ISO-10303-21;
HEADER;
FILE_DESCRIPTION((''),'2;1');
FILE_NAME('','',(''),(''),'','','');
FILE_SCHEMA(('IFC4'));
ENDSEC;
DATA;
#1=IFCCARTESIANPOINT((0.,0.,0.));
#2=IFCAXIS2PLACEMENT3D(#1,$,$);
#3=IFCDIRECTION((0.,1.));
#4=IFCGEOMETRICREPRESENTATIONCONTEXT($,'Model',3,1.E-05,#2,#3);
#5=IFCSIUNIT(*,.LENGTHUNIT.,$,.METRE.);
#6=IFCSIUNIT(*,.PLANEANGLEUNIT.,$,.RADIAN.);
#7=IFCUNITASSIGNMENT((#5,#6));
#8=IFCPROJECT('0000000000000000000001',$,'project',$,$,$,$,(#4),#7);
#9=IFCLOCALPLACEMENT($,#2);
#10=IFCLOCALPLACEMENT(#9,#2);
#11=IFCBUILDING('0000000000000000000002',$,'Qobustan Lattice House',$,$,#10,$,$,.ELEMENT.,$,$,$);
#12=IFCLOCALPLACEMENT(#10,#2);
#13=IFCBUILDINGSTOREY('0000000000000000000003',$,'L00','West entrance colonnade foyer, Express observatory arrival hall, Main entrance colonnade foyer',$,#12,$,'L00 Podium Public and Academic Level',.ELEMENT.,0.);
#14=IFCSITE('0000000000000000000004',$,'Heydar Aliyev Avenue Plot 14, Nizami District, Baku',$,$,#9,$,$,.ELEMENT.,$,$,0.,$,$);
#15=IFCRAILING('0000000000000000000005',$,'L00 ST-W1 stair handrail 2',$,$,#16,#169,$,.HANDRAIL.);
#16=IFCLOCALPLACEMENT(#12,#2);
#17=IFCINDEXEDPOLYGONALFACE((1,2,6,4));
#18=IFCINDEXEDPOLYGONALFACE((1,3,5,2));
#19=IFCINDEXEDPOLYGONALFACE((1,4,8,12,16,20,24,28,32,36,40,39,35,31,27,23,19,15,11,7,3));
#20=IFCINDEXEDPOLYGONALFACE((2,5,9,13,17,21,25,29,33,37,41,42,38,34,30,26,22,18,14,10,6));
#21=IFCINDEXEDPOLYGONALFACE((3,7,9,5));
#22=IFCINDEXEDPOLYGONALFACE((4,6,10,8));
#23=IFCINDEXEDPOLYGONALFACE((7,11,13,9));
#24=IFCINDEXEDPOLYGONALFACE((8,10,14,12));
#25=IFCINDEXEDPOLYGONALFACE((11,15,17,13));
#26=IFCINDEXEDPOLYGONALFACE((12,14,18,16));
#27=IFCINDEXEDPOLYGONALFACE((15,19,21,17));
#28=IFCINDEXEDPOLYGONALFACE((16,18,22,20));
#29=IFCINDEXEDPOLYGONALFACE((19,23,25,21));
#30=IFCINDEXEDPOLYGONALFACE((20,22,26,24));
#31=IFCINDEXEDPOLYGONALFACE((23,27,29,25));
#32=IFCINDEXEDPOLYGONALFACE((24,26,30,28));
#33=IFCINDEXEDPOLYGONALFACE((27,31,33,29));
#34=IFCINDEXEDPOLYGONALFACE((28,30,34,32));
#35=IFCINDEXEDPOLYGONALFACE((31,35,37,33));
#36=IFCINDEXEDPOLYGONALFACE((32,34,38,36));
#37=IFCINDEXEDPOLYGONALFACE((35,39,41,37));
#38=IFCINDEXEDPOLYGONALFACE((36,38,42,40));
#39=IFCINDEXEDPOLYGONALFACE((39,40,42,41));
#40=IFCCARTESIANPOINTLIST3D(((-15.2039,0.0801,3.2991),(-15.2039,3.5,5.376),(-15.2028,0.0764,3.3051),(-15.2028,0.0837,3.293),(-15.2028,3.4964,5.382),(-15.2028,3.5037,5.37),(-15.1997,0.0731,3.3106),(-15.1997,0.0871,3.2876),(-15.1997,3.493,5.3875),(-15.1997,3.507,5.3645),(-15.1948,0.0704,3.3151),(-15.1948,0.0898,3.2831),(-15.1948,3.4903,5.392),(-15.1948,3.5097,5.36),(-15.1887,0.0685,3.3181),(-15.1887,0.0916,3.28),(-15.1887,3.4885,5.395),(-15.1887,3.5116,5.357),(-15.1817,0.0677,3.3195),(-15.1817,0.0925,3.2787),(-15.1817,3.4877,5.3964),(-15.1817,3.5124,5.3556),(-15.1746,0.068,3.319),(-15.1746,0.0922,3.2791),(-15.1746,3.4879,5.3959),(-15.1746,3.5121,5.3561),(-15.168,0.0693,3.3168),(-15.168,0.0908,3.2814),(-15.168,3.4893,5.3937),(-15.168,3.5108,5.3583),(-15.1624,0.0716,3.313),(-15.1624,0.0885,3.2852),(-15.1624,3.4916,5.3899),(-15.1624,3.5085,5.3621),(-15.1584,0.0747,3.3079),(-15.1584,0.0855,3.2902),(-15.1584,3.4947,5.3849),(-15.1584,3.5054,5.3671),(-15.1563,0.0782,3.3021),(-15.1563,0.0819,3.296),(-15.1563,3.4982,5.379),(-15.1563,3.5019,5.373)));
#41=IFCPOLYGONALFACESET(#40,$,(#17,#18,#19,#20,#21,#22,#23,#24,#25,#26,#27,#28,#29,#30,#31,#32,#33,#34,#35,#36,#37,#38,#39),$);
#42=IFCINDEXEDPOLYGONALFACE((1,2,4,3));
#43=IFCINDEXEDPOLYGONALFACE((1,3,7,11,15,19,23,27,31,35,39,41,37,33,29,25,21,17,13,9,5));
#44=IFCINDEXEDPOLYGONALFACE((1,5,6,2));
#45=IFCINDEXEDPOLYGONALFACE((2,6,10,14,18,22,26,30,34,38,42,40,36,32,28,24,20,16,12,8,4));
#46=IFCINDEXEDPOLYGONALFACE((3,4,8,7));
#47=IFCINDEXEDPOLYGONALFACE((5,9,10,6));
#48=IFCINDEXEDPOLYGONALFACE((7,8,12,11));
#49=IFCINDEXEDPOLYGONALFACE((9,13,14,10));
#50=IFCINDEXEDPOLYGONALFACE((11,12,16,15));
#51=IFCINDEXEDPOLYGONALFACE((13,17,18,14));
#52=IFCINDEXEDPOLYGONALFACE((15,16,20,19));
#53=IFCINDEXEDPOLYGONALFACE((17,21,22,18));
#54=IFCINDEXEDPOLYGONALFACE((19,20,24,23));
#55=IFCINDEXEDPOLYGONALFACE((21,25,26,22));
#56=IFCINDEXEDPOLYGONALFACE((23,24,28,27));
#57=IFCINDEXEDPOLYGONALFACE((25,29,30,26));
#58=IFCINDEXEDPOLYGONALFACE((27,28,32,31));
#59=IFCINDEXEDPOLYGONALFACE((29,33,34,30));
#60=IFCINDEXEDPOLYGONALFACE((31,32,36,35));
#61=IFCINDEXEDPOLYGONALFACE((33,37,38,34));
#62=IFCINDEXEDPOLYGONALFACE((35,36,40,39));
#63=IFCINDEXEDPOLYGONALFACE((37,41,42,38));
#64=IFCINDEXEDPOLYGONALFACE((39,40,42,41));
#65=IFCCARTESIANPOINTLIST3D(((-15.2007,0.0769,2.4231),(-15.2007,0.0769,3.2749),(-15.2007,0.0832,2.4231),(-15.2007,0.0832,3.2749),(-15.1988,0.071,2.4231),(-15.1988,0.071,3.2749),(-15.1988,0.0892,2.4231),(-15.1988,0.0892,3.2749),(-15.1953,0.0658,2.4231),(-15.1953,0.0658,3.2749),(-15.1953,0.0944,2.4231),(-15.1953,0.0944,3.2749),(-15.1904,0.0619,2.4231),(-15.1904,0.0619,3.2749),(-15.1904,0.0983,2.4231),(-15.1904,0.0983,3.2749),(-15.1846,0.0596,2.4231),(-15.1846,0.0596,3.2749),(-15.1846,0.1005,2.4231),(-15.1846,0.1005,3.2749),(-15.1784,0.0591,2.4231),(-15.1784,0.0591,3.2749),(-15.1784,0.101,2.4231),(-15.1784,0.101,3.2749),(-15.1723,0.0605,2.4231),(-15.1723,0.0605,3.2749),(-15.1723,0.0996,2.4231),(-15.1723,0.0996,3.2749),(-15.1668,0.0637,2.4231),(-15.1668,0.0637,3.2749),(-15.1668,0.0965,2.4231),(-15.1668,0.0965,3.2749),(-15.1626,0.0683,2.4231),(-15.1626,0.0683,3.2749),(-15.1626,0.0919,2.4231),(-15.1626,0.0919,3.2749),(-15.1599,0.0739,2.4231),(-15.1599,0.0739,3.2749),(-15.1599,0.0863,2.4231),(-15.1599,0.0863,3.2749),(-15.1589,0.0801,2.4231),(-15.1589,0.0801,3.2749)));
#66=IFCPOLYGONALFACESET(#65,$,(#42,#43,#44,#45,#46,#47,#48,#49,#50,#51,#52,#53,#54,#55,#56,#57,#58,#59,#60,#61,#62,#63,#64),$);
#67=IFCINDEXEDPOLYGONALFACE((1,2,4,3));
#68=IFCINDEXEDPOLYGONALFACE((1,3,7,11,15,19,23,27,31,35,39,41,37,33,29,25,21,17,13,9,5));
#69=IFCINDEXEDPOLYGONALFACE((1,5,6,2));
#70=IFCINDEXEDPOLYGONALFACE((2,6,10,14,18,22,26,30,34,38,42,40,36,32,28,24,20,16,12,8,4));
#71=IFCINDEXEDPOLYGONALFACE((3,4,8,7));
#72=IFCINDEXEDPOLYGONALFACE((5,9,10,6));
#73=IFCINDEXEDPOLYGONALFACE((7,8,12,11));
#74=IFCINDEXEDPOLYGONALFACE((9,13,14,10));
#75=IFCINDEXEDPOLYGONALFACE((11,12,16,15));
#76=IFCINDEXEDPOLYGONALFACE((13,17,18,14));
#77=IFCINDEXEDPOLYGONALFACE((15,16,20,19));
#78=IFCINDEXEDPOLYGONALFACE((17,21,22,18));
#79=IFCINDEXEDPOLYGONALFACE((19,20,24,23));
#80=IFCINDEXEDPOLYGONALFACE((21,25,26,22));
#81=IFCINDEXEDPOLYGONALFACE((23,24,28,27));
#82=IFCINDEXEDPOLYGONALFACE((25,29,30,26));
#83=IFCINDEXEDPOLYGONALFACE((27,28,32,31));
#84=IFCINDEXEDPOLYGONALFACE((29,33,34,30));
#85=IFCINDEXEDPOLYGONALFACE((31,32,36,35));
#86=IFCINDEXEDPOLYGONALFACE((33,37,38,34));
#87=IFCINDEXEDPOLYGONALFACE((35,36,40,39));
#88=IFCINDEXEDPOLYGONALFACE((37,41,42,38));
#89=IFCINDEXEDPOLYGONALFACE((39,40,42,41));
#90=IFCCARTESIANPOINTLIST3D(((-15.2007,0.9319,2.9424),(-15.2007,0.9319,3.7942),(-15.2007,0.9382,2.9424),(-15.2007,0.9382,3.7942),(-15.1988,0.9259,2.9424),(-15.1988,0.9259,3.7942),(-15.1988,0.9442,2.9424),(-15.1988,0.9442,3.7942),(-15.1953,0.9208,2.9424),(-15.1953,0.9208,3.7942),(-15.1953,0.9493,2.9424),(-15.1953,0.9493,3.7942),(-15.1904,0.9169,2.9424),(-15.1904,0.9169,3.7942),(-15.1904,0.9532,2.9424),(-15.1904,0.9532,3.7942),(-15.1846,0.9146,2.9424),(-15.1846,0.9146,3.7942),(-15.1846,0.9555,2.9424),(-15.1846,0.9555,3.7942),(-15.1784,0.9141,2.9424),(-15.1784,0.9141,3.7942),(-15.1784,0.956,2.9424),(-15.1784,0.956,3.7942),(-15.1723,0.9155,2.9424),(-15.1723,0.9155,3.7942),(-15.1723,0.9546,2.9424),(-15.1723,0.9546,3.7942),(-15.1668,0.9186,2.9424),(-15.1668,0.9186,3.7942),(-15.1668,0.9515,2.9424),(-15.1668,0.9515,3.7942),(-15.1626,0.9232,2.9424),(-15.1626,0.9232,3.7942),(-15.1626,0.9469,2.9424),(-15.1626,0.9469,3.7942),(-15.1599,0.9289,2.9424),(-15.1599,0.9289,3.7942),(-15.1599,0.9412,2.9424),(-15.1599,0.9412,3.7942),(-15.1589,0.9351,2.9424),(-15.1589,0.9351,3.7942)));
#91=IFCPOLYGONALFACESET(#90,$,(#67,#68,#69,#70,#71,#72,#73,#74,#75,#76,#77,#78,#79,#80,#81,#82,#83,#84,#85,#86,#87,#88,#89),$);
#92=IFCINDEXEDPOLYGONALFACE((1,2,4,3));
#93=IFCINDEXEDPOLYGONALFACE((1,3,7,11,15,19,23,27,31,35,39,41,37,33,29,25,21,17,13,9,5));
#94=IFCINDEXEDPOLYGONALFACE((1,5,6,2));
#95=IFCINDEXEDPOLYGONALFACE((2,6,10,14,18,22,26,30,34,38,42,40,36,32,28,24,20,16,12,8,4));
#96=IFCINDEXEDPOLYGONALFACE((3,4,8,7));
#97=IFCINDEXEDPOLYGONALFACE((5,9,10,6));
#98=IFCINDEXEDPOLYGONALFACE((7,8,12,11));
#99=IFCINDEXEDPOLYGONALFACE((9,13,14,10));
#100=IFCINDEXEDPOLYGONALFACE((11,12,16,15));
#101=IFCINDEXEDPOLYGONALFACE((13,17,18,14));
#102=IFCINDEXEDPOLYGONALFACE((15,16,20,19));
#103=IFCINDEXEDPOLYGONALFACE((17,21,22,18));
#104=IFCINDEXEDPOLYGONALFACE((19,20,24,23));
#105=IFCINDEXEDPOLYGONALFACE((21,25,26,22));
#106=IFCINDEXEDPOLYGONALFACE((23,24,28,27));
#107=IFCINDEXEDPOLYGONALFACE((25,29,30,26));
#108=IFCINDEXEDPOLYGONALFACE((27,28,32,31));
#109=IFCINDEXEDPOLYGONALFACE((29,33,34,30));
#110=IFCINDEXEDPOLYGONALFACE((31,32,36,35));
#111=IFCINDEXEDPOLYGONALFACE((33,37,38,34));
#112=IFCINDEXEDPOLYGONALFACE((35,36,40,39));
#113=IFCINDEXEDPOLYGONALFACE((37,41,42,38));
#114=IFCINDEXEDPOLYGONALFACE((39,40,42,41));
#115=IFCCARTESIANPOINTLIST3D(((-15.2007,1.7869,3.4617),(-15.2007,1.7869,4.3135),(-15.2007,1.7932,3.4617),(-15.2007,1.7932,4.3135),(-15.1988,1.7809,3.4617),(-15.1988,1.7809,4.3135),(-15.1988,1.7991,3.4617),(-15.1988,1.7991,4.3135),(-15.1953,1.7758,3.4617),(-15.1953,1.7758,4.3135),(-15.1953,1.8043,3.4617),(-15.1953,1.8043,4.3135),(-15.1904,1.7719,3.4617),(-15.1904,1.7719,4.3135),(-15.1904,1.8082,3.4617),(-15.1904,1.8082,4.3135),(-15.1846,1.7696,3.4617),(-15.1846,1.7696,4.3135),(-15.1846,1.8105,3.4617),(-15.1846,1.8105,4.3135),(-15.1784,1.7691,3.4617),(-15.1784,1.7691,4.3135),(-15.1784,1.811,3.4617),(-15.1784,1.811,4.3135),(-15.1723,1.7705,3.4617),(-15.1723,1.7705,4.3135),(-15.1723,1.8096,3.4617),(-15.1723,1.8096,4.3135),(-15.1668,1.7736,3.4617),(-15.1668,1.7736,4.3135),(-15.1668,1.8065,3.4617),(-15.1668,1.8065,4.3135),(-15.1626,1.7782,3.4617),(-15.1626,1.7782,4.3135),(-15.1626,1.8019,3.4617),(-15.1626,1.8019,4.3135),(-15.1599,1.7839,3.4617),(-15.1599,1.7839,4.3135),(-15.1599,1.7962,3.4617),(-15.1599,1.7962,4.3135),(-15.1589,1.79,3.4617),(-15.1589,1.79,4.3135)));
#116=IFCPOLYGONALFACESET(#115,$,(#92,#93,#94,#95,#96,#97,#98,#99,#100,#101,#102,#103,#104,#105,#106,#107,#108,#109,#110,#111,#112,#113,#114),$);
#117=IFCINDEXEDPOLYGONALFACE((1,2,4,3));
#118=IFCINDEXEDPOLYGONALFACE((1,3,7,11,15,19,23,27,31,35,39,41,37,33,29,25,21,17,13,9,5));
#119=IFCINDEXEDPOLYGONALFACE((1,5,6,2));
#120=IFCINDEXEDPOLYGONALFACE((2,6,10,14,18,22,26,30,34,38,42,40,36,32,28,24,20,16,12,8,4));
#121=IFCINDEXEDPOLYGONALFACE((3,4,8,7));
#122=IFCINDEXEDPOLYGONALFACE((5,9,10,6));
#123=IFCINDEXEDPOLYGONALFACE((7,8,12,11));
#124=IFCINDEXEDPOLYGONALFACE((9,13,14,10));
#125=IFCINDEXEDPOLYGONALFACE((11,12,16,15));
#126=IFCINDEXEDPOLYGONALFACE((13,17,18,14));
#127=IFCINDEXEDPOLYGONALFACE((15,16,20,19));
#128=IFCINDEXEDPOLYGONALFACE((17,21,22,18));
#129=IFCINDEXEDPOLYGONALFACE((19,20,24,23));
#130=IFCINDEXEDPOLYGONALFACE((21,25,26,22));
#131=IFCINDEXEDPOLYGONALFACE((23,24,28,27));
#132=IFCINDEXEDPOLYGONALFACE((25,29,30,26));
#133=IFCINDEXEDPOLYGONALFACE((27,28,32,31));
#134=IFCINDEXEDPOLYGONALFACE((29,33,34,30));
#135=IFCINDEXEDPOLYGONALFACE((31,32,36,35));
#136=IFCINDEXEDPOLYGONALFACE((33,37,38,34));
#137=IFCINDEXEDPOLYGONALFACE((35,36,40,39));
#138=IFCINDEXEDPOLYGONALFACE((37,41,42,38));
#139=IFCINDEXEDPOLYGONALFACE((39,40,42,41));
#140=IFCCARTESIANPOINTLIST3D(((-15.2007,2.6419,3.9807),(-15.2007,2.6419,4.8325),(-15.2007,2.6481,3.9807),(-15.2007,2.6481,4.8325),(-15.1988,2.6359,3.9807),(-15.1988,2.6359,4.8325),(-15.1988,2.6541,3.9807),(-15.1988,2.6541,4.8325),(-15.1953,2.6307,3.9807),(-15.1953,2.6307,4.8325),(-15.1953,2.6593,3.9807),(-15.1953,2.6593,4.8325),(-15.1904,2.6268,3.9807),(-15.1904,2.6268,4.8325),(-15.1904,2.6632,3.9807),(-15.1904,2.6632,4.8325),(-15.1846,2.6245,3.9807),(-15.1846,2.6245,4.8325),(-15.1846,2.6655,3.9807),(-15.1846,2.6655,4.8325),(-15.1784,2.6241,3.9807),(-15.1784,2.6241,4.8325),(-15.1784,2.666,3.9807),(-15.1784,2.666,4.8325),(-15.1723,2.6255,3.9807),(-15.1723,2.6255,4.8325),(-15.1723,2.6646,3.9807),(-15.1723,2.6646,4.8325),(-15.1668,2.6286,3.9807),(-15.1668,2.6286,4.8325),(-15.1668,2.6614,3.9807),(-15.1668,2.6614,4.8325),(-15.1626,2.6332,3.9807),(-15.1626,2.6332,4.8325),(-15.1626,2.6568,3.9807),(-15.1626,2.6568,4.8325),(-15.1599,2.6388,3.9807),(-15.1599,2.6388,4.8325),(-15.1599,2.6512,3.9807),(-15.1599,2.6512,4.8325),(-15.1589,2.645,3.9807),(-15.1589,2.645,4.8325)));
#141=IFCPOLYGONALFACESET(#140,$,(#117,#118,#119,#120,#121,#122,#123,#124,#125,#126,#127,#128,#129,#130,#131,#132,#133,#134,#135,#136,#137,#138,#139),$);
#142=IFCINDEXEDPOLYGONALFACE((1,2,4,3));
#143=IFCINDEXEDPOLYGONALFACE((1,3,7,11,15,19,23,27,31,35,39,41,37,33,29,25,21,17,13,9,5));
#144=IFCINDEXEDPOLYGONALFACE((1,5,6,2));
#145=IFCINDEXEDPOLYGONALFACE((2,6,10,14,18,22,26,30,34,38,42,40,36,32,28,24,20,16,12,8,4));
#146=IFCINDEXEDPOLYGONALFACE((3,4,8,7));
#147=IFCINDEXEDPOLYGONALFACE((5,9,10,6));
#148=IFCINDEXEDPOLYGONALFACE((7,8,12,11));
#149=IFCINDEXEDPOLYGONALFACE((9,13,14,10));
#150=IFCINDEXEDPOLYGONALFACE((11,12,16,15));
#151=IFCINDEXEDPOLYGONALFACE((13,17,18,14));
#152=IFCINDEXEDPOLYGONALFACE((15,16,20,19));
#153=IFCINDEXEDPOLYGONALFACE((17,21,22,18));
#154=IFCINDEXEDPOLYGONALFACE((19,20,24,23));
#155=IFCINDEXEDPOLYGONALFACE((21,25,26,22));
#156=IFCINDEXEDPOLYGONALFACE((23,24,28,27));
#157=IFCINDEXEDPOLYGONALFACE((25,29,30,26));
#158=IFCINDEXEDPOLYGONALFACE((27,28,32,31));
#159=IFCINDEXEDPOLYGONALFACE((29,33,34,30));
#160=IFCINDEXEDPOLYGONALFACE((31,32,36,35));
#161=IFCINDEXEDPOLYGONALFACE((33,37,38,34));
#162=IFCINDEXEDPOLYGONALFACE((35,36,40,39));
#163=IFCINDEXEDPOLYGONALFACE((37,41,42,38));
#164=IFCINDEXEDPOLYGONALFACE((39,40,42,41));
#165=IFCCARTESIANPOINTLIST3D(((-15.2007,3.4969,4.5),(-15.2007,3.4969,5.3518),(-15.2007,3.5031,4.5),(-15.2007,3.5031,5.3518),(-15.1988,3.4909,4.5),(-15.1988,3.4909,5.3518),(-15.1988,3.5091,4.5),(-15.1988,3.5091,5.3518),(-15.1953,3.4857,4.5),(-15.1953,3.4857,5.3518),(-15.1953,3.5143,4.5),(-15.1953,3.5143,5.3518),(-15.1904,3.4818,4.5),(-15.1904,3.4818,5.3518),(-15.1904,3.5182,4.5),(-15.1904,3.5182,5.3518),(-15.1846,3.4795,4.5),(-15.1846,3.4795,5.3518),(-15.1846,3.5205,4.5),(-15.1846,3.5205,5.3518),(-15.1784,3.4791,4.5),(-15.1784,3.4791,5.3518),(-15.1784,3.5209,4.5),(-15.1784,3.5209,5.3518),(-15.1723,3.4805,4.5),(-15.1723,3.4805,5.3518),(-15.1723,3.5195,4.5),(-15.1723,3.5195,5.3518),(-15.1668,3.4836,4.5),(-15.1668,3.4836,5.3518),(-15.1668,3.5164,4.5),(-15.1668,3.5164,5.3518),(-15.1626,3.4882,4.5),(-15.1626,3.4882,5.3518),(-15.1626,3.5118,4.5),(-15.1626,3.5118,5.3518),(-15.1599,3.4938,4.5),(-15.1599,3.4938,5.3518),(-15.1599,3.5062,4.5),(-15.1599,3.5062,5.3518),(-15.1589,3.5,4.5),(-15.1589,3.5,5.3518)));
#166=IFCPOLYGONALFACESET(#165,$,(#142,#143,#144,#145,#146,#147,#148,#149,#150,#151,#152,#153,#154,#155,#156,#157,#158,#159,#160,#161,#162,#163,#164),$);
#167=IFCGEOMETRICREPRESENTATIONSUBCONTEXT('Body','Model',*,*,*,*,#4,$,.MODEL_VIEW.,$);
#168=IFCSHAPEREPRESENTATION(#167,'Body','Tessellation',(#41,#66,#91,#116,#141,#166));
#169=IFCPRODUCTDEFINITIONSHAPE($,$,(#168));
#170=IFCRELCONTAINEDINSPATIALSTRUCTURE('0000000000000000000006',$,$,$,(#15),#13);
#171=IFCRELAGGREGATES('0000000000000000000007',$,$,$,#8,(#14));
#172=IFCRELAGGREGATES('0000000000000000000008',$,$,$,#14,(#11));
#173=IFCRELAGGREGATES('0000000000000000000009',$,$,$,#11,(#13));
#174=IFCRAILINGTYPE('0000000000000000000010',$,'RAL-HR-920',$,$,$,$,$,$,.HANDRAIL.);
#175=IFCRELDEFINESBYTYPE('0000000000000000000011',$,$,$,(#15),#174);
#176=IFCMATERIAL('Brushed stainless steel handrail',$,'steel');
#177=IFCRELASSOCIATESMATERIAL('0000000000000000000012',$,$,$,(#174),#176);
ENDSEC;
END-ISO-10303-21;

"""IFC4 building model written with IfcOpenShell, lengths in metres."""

from ifc_helpers import new_model, si_unit, direction, frame, origin, origin_2d, place, context, subcontext, project, spatial, circle, extrude, material, type_object, element, save


model = new_model("IFC4")

# Units and contexts
model_context = context("Model", 3, precision=1e-05, world=origin(), true_north=direction((0.0, 1.0)))
body_context = subcontext(model_context, "Body", "Model", "MODEL_VIEW")
ifc_project = project(units=[si_unit("LENGTHUNIT", "METRE"), si_unit("PLANEANGLEUNIT", "RADIAN")], contexts=[model_context])

# Site, building, storey
site_placement = place(None, origin())
site = spatial("IfcSite", under=ifc_project, at=site_placement, Name="Heydar Aliyev Avenue Plot 14, Nizami District, Baku", CompositionType="ELEMENT", RefElevation=0.0)
building_placement = place(site_placement, origin())
building = spatial("IfcBuilding", under=site, at=building_placement, Name="Qobustan Lattice House", CompositionType="ELEMENT")
storey_placement = place(building_placement, origin())
storey = spatial("IfcBuildingStorey", under=building, at=storey_placement, Name="L00", Description="West entrance colonnade foyer, Express observatory arrival hall, Main entrance colonnade foyer", LongName="L00 Podium Public and Academic Level", CompositionType="ELEMENT", Elevation=0.0)

# Railing
ifc_material_1 = material(Name="Brushed stainless steel handrail", Category="steel")
railing_type_1 = type_object("IfcRailingType", Name="RAL-HR-920", PredefinedType="HANDRAIL", material=ifc_material_1)
railing_1_placement = place(storey_placement, frame((-15.1799, 0.0801, 2.4231)))
element("IfcRailing", 1, at=railing_1_placement, inside=storey, type_object=railing_type_1, Name="L00 ST-W1 stair handrail 2", PredefinedType="HANDRAIL", context=body_context, shape_type="SweptSolid", body=[
    extrude(circle(Radius=0.0239, at=origin_2d()), frame((0.0, 0.0, 0.876), z_axis=(0.0, 0.85473, 0.519074), x_axis=(-1.0, 0.0, 0.0)), (0.0, 0.0, 1.0), 4.0012),
    extrude(circle(Radius=0.021, at=origin_2d()), origin(), (0.0, 0.0, 1.0), 0.8518),
    extrude(circle(Radius=0.021, at=origin_2d()), frame((0.0, 0.855, 0.5193)), (0.0, 0.0, 1.0), 0.8518),
    extrude(circle(Radius=0.021, at=origin_2d()), frame((0.0, 1.71, 1.0386)), (0.0, 0.0, 1.0), 0.8518),
    extrude(circle(Radius=0.021, at=origin_2d()), frame((0.0, 2.5649, 1.5576)), (0.0, 0.0, 1.0), 0.8518),
    extrude(circle(Radius=0.021, at=origin_2d()), frame((0.0, 3.4199, 2.0769)), (0.0, 0.0, 1.0), 0.8518),
])

save(model, "model.ifc")
